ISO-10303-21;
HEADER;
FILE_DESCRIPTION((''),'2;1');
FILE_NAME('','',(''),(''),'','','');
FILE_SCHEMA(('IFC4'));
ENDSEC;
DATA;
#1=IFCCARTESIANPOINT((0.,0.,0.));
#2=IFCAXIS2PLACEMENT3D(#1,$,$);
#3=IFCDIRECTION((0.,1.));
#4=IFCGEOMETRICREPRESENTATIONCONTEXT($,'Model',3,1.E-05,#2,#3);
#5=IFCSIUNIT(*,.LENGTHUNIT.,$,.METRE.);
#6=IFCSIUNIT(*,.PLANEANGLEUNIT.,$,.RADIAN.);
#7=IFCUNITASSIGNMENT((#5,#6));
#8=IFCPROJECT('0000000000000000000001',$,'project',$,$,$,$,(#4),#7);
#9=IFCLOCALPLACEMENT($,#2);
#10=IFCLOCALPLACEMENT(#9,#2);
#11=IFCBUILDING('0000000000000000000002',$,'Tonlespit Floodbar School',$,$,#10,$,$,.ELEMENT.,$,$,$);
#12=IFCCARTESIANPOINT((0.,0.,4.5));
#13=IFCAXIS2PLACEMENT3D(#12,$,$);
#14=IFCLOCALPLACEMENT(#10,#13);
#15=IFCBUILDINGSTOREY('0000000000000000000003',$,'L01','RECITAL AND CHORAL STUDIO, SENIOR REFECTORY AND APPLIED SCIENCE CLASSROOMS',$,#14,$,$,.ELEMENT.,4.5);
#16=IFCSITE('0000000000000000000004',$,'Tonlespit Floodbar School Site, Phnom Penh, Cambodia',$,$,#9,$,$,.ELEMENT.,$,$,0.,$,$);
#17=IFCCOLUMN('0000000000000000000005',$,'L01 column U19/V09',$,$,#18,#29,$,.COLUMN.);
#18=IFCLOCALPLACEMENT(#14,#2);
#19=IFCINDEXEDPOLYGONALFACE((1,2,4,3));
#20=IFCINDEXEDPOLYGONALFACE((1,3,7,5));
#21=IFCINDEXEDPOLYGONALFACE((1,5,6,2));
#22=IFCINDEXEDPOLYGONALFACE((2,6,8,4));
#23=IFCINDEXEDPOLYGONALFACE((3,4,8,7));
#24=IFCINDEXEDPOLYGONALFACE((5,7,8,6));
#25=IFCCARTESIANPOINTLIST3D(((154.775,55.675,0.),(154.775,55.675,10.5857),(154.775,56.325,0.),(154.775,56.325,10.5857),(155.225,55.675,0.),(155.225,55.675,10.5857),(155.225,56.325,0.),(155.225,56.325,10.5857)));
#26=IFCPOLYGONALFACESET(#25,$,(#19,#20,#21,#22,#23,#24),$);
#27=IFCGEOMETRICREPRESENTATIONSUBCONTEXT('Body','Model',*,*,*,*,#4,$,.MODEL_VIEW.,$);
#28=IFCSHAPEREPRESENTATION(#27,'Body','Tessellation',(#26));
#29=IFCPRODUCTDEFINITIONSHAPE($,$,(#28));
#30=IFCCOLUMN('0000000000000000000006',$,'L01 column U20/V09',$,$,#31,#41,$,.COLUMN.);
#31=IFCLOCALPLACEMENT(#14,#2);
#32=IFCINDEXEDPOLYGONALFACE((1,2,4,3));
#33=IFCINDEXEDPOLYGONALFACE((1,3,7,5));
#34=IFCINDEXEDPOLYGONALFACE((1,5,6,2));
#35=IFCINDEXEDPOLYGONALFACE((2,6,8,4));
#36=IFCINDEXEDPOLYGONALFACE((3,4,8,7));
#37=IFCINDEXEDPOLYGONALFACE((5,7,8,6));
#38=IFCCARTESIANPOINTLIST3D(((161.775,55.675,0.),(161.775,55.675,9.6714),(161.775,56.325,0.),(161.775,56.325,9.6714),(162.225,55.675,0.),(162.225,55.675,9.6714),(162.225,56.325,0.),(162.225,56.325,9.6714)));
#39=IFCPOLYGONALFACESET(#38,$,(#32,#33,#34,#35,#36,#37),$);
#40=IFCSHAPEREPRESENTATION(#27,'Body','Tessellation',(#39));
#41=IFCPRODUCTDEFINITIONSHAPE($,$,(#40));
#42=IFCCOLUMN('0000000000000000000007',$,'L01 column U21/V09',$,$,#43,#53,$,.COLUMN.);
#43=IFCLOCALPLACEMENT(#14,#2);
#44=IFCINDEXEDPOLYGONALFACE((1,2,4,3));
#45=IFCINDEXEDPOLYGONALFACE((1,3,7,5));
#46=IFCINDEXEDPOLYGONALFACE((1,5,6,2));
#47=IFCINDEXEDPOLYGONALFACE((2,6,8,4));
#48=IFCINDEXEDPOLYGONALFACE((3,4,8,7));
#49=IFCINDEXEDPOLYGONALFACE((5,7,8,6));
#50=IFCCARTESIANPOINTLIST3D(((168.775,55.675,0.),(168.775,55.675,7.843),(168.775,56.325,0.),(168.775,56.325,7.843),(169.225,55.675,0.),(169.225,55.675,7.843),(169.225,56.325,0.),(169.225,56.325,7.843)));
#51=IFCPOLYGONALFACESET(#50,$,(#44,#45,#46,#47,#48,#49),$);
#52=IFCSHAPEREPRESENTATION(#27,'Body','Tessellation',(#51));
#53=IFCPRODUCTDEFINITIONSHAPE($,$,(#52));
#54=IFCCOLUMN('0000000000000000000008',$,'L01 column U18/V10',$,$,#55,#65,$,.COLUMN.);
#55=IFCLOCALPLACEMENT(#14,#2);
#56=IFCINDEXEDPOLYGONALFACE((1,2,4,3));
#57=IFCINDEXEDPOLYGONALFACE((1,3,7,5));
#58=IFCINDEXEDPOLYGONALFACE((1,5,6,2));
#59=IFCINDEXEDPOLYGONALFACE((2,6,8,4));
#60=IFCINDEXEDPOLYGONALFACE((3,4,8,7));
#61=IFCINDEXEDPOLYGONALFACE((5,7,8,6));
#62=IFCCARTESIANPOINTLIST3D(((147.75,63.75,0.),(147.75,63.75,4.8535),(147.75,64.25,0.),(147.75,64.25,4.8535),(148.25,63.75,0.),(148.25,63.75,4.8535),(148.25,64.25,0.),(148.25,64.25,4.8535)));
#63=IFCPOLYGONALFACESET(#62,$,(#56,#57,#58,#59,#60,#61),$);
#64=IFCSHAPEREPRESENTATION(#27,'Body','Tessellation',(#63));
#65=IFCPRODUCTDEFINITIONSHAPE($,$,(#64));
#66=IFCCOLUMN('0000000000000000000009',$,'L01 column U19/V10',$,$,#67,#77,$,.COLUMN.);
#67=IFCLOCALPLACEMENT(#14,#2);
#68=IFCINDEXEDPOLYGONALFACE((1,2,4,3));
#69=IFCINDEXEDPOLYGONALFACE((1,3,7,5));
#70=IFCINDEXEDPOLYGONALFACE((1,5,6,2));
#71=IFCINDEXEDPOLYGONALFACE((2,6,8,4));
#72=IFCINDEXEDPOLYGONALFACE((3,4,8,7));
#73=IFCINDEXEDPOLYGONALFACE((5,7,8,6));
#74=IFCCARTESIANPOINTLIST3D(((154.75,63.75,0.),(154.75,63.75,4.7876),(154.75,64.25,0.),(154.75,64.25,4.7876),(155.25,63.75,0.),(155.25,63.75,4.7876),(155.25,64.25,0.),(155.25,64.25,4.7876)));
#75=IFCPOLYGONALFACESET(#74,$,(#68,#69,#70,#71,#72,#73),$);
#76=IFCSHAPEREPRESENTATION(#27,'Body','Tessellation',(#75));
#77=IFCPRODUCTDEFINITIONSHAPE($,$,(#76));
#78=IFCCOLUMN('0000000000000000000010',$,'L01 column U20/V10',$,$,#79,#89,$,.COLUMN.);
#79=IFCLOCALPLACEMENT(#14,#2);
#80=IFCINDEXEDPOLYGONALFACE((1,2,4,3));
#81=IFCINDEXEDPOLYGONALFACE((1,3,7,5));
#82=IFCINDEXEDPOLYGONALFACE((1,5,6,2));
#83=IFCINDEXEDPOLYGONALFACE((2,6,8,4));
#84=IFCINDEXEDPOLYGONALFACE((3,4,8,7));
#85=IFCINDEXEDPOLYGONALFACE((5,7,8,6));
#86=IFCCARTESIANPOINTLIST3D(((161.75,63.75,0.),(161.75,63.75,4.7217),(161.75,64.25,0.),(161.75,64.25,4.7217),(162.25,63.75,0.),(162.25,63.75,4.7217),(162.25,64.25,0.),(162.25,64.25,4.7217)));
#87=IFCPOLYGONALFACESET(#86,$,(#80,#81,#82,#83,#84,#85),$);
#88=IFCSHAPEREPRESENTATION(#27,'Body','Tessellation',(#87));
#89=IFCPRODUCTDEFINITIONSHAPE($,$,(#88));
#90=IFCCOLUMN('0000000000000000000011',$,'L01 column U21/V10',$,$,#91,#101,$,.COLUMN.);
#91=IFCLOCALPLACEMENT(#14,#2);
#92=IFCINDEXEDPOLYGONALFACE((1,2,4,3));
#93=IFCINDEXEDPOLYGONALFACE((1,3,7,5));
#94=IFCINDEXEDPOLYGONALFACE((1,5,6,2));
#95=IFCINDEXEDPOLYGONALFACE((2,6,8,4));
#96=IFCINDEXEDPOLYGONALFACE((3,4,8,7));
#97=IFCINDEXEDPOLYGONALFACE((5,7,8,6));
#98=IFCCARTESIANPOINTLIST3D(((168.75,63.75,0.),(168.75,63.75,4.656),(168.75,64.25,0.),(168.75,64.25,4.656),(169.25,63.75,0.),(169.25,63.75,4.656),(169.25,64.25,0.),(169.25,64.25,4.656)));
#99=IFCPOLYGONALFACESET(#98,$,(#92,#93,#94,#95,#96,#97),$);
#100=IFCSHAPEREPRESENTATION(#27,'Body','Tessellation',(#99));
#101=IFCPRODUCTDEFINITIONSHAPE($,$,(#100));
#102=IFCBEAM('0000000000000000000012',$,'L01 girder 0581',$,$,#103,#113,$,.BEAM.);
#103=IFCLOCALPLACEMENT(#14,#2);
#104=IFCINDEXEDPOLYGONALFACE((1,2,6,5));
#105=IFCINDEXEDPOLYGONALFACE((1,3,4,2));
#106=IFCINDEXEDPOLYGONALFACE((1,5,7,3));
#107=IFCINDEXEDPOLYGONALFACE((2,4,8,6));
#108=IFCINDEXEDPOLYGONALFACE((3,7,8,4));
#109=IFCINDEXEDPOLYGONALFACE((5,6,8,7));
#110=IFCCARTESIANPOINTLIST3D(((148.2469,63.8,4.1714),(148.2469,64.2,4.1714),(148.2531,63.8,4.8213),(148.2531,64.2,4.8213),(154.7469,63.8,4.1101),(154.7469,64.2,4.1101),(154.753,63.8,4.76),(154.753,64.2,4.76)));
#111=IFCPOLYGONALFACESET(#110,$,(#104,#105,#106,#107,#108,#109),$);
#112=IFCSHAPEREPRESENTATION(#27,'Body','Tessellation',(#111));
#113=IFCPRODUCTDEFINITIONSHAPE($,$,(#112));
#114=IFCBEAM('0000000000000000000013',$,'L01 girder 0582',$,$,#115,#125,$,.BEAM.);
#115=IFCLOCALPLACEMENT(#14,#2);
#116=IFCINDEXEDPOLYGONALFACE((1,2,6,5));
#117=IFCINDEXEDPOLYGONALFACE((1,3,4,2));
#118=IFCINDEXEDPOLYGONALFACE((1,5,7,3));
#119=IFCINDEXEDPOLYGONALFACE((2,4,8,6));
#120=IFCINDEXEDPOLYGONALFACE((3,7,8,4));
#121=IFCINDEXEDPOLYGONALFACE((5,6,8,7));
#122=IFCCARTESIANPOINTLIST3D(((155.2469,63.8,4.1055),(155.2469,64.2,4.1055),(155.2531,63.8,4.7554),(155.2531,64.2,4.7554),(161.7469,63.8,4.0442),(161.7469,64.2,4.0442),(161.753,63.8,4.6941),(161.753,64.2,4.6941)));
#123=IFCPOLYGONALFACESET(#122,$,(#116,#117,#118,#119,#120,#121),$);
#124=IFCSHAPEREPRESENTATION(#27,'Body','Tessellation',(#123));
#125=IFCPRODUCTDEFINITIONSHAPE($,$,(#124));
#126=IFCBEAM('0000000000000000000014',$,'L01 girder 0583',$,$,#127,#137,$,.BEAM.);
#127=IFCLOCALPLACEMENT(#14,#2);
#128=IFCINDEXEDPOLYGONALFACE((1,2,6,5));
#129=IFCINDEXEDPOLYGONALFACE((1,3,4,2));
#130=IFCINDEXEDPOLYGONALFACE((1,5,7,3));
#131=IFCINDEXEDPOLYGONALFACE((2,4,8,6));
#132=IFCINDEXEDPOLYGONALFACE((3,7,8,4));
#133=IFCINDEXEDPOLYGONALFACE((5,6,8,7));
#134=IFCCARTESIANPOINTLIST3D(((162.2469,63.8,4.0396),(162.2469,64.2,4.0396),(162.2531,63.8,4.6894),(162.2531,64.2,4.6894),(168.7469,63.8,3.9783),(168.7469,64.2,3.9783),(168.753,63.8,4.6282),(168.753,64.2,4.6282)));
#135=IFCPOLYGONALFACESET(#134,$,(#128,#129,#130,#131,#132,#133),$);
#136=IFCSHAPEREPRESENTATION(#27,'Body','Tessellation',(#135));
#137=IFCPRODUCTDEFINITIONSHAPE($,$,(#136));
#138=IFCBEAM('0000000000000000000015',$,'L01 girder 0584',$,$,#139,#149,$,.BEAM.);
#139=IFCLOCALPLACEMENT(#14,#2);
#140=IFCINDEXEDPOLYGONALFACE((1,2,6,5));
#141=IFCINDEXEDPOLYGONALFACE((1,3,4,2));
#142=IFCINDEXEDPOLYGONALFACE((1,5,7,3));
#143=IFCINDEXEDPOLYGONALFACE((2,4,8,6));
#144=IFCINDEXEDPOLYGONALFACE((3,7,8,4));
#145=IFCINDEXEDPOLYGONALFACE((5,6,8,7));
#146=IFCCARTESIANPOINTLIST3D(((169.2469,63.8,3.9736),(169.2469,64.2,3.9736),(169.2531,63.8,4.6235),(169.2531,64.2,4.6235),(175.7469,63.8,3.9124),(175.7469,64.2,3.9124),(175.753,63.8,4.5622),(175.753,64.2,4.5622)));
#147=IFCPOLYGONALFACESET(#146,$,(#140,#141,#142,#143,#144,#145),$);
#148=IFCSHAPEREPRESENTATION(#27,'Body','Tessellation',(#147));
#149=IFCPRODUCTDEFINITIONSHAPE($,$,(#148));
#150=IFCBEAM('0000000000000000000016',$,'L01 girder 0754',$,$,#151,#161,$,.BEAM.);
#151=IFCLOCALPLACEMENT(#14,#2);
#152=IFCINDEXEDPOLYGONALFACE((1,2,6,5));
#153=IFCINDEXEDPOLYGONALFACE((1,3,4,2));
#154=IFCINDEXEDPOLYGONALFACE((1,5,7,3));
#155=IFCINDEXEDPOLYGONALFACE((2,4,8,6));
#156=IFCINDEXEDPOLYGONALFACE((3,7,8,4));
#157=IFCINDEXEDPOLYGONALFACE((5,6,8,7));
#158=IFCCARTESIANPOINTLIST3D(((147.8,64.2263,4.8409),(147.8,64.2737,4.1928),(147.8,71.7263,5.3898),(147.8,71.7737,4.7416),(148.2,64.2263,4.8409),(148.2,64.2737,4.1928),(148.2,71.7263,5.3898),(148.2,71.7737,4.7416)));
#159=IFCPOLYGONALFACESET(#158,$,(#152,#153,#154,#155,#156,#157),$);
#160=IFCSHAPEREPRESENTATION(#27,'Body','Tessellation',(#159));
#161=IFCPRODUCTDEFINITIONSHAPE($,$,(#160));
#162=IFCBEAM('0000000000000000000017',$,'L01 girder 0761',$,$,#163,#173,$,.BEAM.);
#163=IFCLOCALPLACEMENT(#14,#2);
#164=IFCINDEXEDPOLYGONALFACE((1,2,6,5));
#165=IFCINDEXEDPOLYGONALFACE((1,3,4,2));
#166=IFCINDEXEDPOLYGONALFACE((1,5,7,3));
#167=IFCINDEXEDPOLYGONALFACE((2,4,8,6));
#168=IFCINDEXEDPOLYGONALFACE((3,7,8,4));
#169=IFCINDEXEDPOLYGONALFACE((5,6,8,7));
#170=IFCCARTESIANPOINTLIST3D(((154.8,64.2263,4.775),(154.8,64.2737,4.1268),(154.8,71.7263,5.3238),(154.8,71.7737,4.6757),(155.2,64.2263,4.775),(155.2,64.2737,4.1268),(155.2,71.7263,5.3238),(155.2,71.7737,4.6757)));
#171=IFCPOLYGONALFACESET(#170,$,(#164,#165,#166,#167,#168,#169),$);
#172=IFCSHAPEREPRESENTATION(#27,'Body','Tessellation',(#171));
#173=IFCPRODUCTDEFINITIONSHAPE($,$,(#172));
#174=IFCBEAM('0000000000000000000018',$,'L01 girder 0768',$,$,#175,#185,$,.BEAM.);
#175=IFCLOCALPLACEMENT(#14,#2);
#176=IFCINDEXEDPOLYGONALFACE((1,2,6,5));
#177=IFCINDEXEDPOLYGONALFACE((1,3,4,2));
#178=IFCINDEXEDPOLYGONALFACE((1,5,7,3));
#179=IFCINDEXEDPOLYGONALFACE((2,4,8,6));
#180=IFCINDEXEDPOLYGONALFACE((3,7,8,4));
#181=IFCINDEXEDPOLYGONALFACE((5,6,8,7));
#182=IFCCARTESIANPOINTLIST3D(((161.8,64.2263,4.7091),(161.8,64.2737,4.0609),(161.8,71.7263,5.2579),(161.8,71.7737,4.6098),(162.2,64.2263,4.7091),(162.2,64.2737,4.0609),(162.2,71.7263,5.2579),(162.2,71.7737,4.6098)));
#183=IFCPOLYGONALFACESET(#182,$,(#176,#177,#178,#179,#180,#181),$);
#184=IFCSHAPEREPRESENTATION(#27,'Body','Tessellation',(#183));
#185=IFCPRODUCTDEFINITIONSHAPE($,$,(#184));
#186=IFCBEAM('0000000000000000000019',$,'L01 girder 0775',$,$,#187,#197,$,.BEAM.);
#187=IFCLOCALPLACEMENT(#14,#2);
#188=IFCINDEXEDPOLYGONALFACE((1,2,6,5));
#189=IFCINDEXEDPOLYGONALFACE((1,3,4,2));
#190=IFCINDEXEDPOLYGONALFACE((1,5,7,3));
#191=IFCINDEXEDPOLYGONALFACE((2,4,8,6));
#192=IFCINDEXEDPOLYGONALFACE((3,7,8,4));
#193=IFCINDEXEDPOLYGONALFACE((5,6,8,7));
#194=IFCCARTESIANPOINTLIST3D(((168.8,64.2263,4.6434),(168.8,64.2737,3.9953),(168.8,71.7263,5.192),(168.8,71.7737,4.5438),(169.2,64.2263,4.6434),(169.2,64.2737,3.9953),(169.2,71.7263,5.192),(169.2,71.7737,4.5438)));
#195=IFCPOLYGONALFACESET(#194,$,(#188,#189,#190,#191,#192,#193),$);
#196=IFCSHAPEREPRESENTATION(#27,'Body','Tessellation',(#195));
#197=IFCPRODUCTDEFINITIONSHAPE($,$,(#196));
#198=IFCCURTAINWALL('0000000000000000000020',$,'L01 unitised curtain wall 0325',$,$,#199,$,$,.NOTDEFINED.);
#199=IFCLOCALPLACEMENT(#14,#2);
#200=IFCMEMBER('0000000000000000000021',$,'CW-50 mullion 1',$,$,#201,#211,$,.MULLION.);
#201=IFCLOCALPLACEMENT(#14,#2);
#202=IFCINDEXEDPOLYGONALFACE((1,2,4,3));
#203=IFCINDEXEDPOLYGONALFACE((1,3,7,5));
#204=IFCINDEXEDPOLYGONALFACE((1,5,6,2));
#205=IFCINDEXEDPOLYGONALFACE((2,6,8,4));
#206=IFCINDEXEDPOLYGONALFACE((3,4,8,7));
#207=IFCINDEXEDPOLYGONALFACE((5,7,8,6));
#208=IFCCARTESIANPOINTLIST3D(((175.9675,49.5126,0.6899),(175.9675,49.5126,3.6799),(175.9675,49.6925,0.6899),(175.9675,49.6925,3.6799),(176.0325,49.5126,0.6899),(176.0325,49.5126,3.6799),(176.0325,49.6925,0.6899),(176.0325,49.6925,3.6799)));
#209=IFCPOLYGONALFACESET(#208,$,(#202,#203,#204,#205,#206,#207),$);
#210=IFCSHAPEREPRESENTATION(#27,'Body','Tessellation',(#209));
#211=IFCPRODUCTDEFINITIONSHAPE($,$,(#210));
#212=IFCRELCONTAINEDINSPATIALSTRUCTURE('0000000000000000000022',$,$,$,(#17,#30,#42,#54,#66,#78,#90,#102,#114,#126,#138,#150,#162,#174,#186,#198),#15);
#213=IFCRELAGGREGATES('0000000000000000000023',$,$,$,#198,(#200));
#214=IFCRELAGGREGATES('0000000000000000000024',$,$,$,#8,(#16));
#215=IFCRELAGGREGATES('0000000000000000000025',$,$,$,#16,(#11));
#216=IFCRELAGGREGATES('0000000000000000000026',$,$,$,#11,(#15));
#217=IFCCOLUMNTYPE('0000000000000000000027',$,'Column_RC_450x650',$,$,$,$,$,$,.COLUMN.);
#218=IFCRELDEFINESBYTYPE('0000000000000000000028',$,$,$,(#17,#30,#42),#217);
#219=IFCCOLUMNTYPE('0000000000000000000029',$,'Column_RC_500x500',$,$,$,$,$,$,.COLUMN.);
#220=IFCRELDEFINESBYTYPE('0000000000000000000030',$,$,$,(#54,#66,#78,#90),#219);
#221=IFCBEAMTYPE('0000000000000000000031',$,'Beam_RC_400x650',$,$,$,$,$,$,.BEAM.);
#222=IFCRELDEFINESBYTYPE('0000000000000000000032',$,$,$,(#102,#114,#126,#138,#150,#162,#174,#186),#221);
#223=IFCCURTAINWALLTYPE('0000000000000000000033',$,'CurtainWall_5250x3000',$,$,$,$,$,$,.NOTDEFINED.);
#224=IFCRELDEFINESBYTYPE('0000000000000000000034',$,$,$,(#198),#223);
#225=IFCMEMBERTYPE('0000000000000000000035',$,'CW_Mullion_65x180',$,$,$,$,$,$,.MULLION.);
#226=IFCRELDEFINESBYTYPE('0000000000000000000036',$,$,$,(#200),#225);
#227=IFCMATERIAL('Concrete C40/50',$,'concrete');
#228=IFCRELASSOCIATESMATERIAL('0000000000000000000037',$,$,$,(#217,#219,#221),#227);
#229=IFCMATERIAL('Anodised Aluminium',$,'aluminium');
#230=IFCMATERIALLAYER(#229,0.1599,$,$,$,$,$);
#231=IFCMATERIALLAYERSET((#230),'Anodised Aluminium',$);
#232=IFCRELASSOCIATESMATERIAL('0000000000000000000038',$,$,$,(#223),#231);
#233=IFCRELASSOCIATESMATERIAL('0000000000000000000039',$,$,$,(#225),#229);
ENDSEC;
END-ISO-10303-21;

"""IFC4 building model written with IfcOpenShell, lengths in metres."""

from ifc_helpers import new_model, si_unit, direction, frame, origin, origin_2d, place, context, subcontext, project, spatial, rectangle, extrude, material, layer, layer_set, material_profile, profile_set, type_object, element, aggregate, save


model = new_model("IFC4")

# Units and contexts
model_context = context("Model", 3, precision=1e-05, world=origin(), true_north=direction((0.0, 1.0)))
body_context = subcontext(model_context, "Body", "Model", "MODEL_VIEW")
ifc_project = project(units=[si_unit("LENGTHUNIT", "METRE"), si_unit("PLANEANGLEUNIT", "RADIAN")], contexts=[model_context])

# Site, building, storey
site_placement = place(None, origin())
site = spatial("IfcSite", under=ifc_project, at=site_placement, Name="Tonlespit Floodbar School Site, Phnom Penh, Cambodia", CompositionType="ELEMENT", RefElevation=0.0)
building_placement = place(site_placement, origin())
building = spatial("IfcBuilding", under=site, at=building_placement, Name="Tonlespit Floodbar School", CompositionType="ELEMENT")
storey_placement = place(building_placement, frame((0.0, 0.0, 4.5)))
storey = spatial("IfcBuildingStorey", under=building, at=storey_placement, Name="L01", Description="RECITAL AND CHORAL STUDIO, SENIOR REFECTORY AND APPLIED SCIENCE CLASSROOMS", CompositionType="ELEMENT", Elevation=4.5)

# Columns
ifc_material_1 = material(Name="Concrete C40/50", Category="concrete")
ifc_material_profile_1 = material_profile(ifc_material_1, rectangle(XDim=0.45, YDim=0.6499, at=origin_2d()), Name="RC 450x650")
ifc_profile_set_1 = profile_set([ifc_material_profile_1], Name="Concrete C40/50")
column_type_1 = type_object("IfcColumnType", Name="Column_RC_450x650", PredefinedType="COLUMN", material=ifc_profile_set_1)
column_1_placement = place(storey_placement, frame((155.0, 56.0, 0.0), z_axis=(0.0, 0.0, 1.0), x_axis=(1.0, 0.0, 0.0)))
element("IfcColumn", 1, at=column_1_placement, inside=storey, type_object=column_type_1, Name="L01 column U19/V09", PredefinedType="COLUMN", context=body_context, shape_type="SweptSolid", body=[
    extrude(rectangle(XDim=0.45, YDim=0.6499, at=origin_2d()), origin(), (0.0, 0.0, 1.0), 10.5857),
])
column_2_placement = place(storey_placement, frame((162.0, 56.0, 0.0), z_axis=(0.0, 0.0, 1.0), x_axis=(1.0, 0.0, 0.0)))
element("IfcColumn", 2, at=column_2_placement, inside=storey, type_object=column_type_1, Name="L01 column U20/V09", PredefinedType="COLUMN", context=body_context, shape_type="SweptSolid", body=[
    extrude(rectangle(XDim=0.45, YDim=0.6499, at=origin_2d()), origin(), (0.0, 0.0, 1.0), 9.6714),
])
column_3_placement = place(storey_placement, frame((169.0, 56.0, 0.0), z_axis=(0.0, 0.0, 1.0), x_axis=(1.0, 0.0, 0.0)))
element("IfcColumn", 3, at=column_3_placement, inside=storey, type_object=column_type_1, Name="L01 column U21/V09", PredefinedType="COLUMN", context=body_context, shape_type="SweptSolid", body=[
    extrude(rectangle(XDim=0.45, YDim=0.6499, at=origin_2d()), origin(), (0.0, 0.0, 1.0), 7.843),
])
ifc_material_profile_2 = material_profile(ifc_material_1, rectangle(XDim=0.5, YDim=0.5, at=origin_2d()), Name="RC 500x500")
ifc_profile_set_2 = profile_set([ifc_material_profile_2], Name="Concrete C40/50")
column_type_2 = type_object("IfcColumnType", Name="Column_RC_500x500", PredefinedType="COLUMN", material=ifc_profile_set_2)
column_4_placement = place(storey_placement, frame((148.0, 64.0, 0.0), z_axis=(0.0, 0.0, 1.0), x_axis=(1.0, 0.0, 0.0)))
element("IfcColumn", 4, at=column_4_placement, inside=storey, type_object=column_type_2, Name="L01 column U18/V10", PredefinedType="COLUMN", context=body_context, shape_type="SweptSolid", body=[
    extrude(rectangle(XDim=0.5, YDim=0.5, at=origin_2d()), origin(), (0.0, 0.0, 1.0), 4.8535),
])
column_5_placement = place(storey_placement, frame((155.0, 64.0, 0.0), z_axis=(0.0, 0.0, 1.0), x_axis=(1.0, 0.0, 0.0)))
element("IfcColumn", 5, at=column_5_placement, inside=storey, type_object=column_type_2, Name="L01 column U19/V10", PredefinedType="COLUMN", context=body_context, shape_type="SweptSolid", body=[
    extrude(rectangle(XDim=0.5, YDim=0.5, at=origin_2d()), origin(), (0.0, 0.0, 1.0), 4.7876),
])
column_6_placement = place(storey_placement, frame((162.0, 64.0, 0.0), z_axis=(0.0, 0.0, 1.0), x_axis=(1.0, 0.0, 0.0)))
element("IfcColumn", 6, at=column_6_placement, inside=storey, type_object=column_type_2, Name="L01 column U20/V10", PredefinedType="COLUMN", context=body_context, shape_type="SweptSolid", body=[
    extrude(rectangle(XDim=0.5, YDim=0.5, at=origin_2d()), origin(), (0.0, 0.0, 1.0), 4.7217),
])
column_7_placement = place(storey_placement, frame((169.0, 64.0, 0.0), z_axis=(0.0, 0.0, 1.0), x_axis=(1.0, 0.0, 0.0)))
element("IfcColumn", 7, at=column_7_placement, inside=storey, type_object=column_type_2, Name="L01 column U21/V10", PredefinedType="COLUMN", context=body_context, shape_type="SweptSolid", body=[
    extrude(rectangle(XDim=0.5, YDim=0.5, at=origin_2d()), origin(), (0.0, 0.0, 1.0), 4.656),
])

# Beams
ifc_material_profile_3 = material_profile(ifc_material_1, rectangle(XDim=0.3999, YDim=0.6499, at=origin_2d()), Name="RC 400x650")
ifc_profile_set_3 = profile_set([ifc_material_profile_3], Name="Concrete C40/50")
beam_type_1 = type_object("IfcBeamType", Name="Beam_RC_400x650", PredefinedType="BEAM", material=ifc_profile_set_3)
for number, where, z_axis, x_axis, name in (
    (8, (148.25, 64.0, 4.4963), (0.999956, 0.0, -0.009427), (0.0, 1.0, 0.0), "L01 girder 0581"),
    (9, (155.25, 64.0, 4.4304), (0.999956, 0.0, -0.009427), (0.0, 1.0, 0.0), "L01 girder 0582"),
    (10, (162.25, 64.0, 4.3645), (0.999956, 0.0, -0.009427), (0.0, 1.0, 0.0), "L01 girder 0583"),
    (11, (169.25, 64.0, 4.2986), (0.999956, 0.0, -0.009427), (0.0, 1.0, 0.0), "L01 girder 0584"),
):
    element("IfcBeam", number, at=place(storey_placement, frame(where, z_axis=z_axis, x_axis=x_axis)), inside=storey, type_object=beam_type_1, Name=name, PredefinedType="BEAM", context=body_context, shape_type="SweptSolid", body=[
        extrude(rectangle(XDim=0.3999, YDim=0.6499, at=origin_2d()), origin(), (0.0, 0.0, 1.0), 6.5002),
    ])
for number, where, z_axis, x_axis, name in (
    (12, (148.0, 64.25, 4.5168), (0.0, 0.997333, 0.072982), (-1.0, 0.0, 0.0), "L01 girder 0754"),
    (13, (155.0, 64.25, 4.4509), (0.0, 0.997333, 0.072982), (-1.0, 0.0, 0.0), "L01 girder 0761"),
    (14, (162.0, 64.25, 4.385), (0.0, 0.997333, 0.072982), (-1.0, 0.0, 0.0), "L01 girder 0768"),
    (15, (169.0, 64.25, 4.3193), (0.0, 0.997336, 0.07295), (-1.0, 0.0, 0.0), "L01 girder 0775"),
):
    element("IfcBeam", number, at=place(storey_placement, frame(where, z_axis=z_axis, x_axis=x_axis)), inside=storey, type_object=beam_type_1, Name=name, PredefinedType="BEAM", context=body_context, shape_type="SweptSolid", body=[
        extrude(rectangle(XDim=0.3999, YDim=0.6499, at=origin_2d()), origin(), (0.0, 0.0, 1.0), 7.52),
    ])

# Curtain wall, member
ifc_material_2 = material(Name="Anodised Aluminium", Category="aluminium")
ifc_layer_1 = layer(ifc_material_2, 0.1599)
ifc_layer_set_1 = layer_set([ifc_layer_1], Name="Anodised Aluminium")
curtain_wall_type = type_object("IfcCurtainWallType", Name="CurtainWall_5250x3000", PredefinedType="NOTDEFINED", material=ifc_layer_set_1)
curtain_wall_placement = place(storey_placement, origin())
curtain_wall = element("IfcCurtainWall", 16, at=curtain_wall_placement, inside=storey, type_object=curtain_wall_type, Name="L01 unitised curtain wall 0325", PredefinedType="NOTDEFINED")
ifc_material_profile_4 = material_profile(ifc_material_2, rectangle(XDim=0.0649, YDim=0.1799, at=origin_2d()), Name="ALU M65x180")
ifc_profile_set_4 = profile_set([ifc_material_profile_4], Name="Anodised Aluminium")
member_type_1 = type_object("IfcMemberType", Name="CW_Mullion_65x180", PredefinedType="MULLION", material=ifc_profile_set_4)
member_1_placement = place(storey_placement, frame((176.0, 49.6025, 0.6899), z_axis=(0.0, 0.0, 1.0), x_axis=(1.0, 0.0, 0.0)))
member_1 = element("IfcMember", 17, at=member_1_placement, type_object=member_type_1, Name="CW-50 mullion 1", PredefinedType="MULLION", context=body_context, shape_type="SweptSolid", body=[
    extrude(rectangle(XDim=0.0649, YDim=0.1799, at=origin_2d()), origin(), (0.0, 0.0, 1.0), 2.99),
])
aggregate(curtain_wall, [member_1])

save(model, "model.ifc")
